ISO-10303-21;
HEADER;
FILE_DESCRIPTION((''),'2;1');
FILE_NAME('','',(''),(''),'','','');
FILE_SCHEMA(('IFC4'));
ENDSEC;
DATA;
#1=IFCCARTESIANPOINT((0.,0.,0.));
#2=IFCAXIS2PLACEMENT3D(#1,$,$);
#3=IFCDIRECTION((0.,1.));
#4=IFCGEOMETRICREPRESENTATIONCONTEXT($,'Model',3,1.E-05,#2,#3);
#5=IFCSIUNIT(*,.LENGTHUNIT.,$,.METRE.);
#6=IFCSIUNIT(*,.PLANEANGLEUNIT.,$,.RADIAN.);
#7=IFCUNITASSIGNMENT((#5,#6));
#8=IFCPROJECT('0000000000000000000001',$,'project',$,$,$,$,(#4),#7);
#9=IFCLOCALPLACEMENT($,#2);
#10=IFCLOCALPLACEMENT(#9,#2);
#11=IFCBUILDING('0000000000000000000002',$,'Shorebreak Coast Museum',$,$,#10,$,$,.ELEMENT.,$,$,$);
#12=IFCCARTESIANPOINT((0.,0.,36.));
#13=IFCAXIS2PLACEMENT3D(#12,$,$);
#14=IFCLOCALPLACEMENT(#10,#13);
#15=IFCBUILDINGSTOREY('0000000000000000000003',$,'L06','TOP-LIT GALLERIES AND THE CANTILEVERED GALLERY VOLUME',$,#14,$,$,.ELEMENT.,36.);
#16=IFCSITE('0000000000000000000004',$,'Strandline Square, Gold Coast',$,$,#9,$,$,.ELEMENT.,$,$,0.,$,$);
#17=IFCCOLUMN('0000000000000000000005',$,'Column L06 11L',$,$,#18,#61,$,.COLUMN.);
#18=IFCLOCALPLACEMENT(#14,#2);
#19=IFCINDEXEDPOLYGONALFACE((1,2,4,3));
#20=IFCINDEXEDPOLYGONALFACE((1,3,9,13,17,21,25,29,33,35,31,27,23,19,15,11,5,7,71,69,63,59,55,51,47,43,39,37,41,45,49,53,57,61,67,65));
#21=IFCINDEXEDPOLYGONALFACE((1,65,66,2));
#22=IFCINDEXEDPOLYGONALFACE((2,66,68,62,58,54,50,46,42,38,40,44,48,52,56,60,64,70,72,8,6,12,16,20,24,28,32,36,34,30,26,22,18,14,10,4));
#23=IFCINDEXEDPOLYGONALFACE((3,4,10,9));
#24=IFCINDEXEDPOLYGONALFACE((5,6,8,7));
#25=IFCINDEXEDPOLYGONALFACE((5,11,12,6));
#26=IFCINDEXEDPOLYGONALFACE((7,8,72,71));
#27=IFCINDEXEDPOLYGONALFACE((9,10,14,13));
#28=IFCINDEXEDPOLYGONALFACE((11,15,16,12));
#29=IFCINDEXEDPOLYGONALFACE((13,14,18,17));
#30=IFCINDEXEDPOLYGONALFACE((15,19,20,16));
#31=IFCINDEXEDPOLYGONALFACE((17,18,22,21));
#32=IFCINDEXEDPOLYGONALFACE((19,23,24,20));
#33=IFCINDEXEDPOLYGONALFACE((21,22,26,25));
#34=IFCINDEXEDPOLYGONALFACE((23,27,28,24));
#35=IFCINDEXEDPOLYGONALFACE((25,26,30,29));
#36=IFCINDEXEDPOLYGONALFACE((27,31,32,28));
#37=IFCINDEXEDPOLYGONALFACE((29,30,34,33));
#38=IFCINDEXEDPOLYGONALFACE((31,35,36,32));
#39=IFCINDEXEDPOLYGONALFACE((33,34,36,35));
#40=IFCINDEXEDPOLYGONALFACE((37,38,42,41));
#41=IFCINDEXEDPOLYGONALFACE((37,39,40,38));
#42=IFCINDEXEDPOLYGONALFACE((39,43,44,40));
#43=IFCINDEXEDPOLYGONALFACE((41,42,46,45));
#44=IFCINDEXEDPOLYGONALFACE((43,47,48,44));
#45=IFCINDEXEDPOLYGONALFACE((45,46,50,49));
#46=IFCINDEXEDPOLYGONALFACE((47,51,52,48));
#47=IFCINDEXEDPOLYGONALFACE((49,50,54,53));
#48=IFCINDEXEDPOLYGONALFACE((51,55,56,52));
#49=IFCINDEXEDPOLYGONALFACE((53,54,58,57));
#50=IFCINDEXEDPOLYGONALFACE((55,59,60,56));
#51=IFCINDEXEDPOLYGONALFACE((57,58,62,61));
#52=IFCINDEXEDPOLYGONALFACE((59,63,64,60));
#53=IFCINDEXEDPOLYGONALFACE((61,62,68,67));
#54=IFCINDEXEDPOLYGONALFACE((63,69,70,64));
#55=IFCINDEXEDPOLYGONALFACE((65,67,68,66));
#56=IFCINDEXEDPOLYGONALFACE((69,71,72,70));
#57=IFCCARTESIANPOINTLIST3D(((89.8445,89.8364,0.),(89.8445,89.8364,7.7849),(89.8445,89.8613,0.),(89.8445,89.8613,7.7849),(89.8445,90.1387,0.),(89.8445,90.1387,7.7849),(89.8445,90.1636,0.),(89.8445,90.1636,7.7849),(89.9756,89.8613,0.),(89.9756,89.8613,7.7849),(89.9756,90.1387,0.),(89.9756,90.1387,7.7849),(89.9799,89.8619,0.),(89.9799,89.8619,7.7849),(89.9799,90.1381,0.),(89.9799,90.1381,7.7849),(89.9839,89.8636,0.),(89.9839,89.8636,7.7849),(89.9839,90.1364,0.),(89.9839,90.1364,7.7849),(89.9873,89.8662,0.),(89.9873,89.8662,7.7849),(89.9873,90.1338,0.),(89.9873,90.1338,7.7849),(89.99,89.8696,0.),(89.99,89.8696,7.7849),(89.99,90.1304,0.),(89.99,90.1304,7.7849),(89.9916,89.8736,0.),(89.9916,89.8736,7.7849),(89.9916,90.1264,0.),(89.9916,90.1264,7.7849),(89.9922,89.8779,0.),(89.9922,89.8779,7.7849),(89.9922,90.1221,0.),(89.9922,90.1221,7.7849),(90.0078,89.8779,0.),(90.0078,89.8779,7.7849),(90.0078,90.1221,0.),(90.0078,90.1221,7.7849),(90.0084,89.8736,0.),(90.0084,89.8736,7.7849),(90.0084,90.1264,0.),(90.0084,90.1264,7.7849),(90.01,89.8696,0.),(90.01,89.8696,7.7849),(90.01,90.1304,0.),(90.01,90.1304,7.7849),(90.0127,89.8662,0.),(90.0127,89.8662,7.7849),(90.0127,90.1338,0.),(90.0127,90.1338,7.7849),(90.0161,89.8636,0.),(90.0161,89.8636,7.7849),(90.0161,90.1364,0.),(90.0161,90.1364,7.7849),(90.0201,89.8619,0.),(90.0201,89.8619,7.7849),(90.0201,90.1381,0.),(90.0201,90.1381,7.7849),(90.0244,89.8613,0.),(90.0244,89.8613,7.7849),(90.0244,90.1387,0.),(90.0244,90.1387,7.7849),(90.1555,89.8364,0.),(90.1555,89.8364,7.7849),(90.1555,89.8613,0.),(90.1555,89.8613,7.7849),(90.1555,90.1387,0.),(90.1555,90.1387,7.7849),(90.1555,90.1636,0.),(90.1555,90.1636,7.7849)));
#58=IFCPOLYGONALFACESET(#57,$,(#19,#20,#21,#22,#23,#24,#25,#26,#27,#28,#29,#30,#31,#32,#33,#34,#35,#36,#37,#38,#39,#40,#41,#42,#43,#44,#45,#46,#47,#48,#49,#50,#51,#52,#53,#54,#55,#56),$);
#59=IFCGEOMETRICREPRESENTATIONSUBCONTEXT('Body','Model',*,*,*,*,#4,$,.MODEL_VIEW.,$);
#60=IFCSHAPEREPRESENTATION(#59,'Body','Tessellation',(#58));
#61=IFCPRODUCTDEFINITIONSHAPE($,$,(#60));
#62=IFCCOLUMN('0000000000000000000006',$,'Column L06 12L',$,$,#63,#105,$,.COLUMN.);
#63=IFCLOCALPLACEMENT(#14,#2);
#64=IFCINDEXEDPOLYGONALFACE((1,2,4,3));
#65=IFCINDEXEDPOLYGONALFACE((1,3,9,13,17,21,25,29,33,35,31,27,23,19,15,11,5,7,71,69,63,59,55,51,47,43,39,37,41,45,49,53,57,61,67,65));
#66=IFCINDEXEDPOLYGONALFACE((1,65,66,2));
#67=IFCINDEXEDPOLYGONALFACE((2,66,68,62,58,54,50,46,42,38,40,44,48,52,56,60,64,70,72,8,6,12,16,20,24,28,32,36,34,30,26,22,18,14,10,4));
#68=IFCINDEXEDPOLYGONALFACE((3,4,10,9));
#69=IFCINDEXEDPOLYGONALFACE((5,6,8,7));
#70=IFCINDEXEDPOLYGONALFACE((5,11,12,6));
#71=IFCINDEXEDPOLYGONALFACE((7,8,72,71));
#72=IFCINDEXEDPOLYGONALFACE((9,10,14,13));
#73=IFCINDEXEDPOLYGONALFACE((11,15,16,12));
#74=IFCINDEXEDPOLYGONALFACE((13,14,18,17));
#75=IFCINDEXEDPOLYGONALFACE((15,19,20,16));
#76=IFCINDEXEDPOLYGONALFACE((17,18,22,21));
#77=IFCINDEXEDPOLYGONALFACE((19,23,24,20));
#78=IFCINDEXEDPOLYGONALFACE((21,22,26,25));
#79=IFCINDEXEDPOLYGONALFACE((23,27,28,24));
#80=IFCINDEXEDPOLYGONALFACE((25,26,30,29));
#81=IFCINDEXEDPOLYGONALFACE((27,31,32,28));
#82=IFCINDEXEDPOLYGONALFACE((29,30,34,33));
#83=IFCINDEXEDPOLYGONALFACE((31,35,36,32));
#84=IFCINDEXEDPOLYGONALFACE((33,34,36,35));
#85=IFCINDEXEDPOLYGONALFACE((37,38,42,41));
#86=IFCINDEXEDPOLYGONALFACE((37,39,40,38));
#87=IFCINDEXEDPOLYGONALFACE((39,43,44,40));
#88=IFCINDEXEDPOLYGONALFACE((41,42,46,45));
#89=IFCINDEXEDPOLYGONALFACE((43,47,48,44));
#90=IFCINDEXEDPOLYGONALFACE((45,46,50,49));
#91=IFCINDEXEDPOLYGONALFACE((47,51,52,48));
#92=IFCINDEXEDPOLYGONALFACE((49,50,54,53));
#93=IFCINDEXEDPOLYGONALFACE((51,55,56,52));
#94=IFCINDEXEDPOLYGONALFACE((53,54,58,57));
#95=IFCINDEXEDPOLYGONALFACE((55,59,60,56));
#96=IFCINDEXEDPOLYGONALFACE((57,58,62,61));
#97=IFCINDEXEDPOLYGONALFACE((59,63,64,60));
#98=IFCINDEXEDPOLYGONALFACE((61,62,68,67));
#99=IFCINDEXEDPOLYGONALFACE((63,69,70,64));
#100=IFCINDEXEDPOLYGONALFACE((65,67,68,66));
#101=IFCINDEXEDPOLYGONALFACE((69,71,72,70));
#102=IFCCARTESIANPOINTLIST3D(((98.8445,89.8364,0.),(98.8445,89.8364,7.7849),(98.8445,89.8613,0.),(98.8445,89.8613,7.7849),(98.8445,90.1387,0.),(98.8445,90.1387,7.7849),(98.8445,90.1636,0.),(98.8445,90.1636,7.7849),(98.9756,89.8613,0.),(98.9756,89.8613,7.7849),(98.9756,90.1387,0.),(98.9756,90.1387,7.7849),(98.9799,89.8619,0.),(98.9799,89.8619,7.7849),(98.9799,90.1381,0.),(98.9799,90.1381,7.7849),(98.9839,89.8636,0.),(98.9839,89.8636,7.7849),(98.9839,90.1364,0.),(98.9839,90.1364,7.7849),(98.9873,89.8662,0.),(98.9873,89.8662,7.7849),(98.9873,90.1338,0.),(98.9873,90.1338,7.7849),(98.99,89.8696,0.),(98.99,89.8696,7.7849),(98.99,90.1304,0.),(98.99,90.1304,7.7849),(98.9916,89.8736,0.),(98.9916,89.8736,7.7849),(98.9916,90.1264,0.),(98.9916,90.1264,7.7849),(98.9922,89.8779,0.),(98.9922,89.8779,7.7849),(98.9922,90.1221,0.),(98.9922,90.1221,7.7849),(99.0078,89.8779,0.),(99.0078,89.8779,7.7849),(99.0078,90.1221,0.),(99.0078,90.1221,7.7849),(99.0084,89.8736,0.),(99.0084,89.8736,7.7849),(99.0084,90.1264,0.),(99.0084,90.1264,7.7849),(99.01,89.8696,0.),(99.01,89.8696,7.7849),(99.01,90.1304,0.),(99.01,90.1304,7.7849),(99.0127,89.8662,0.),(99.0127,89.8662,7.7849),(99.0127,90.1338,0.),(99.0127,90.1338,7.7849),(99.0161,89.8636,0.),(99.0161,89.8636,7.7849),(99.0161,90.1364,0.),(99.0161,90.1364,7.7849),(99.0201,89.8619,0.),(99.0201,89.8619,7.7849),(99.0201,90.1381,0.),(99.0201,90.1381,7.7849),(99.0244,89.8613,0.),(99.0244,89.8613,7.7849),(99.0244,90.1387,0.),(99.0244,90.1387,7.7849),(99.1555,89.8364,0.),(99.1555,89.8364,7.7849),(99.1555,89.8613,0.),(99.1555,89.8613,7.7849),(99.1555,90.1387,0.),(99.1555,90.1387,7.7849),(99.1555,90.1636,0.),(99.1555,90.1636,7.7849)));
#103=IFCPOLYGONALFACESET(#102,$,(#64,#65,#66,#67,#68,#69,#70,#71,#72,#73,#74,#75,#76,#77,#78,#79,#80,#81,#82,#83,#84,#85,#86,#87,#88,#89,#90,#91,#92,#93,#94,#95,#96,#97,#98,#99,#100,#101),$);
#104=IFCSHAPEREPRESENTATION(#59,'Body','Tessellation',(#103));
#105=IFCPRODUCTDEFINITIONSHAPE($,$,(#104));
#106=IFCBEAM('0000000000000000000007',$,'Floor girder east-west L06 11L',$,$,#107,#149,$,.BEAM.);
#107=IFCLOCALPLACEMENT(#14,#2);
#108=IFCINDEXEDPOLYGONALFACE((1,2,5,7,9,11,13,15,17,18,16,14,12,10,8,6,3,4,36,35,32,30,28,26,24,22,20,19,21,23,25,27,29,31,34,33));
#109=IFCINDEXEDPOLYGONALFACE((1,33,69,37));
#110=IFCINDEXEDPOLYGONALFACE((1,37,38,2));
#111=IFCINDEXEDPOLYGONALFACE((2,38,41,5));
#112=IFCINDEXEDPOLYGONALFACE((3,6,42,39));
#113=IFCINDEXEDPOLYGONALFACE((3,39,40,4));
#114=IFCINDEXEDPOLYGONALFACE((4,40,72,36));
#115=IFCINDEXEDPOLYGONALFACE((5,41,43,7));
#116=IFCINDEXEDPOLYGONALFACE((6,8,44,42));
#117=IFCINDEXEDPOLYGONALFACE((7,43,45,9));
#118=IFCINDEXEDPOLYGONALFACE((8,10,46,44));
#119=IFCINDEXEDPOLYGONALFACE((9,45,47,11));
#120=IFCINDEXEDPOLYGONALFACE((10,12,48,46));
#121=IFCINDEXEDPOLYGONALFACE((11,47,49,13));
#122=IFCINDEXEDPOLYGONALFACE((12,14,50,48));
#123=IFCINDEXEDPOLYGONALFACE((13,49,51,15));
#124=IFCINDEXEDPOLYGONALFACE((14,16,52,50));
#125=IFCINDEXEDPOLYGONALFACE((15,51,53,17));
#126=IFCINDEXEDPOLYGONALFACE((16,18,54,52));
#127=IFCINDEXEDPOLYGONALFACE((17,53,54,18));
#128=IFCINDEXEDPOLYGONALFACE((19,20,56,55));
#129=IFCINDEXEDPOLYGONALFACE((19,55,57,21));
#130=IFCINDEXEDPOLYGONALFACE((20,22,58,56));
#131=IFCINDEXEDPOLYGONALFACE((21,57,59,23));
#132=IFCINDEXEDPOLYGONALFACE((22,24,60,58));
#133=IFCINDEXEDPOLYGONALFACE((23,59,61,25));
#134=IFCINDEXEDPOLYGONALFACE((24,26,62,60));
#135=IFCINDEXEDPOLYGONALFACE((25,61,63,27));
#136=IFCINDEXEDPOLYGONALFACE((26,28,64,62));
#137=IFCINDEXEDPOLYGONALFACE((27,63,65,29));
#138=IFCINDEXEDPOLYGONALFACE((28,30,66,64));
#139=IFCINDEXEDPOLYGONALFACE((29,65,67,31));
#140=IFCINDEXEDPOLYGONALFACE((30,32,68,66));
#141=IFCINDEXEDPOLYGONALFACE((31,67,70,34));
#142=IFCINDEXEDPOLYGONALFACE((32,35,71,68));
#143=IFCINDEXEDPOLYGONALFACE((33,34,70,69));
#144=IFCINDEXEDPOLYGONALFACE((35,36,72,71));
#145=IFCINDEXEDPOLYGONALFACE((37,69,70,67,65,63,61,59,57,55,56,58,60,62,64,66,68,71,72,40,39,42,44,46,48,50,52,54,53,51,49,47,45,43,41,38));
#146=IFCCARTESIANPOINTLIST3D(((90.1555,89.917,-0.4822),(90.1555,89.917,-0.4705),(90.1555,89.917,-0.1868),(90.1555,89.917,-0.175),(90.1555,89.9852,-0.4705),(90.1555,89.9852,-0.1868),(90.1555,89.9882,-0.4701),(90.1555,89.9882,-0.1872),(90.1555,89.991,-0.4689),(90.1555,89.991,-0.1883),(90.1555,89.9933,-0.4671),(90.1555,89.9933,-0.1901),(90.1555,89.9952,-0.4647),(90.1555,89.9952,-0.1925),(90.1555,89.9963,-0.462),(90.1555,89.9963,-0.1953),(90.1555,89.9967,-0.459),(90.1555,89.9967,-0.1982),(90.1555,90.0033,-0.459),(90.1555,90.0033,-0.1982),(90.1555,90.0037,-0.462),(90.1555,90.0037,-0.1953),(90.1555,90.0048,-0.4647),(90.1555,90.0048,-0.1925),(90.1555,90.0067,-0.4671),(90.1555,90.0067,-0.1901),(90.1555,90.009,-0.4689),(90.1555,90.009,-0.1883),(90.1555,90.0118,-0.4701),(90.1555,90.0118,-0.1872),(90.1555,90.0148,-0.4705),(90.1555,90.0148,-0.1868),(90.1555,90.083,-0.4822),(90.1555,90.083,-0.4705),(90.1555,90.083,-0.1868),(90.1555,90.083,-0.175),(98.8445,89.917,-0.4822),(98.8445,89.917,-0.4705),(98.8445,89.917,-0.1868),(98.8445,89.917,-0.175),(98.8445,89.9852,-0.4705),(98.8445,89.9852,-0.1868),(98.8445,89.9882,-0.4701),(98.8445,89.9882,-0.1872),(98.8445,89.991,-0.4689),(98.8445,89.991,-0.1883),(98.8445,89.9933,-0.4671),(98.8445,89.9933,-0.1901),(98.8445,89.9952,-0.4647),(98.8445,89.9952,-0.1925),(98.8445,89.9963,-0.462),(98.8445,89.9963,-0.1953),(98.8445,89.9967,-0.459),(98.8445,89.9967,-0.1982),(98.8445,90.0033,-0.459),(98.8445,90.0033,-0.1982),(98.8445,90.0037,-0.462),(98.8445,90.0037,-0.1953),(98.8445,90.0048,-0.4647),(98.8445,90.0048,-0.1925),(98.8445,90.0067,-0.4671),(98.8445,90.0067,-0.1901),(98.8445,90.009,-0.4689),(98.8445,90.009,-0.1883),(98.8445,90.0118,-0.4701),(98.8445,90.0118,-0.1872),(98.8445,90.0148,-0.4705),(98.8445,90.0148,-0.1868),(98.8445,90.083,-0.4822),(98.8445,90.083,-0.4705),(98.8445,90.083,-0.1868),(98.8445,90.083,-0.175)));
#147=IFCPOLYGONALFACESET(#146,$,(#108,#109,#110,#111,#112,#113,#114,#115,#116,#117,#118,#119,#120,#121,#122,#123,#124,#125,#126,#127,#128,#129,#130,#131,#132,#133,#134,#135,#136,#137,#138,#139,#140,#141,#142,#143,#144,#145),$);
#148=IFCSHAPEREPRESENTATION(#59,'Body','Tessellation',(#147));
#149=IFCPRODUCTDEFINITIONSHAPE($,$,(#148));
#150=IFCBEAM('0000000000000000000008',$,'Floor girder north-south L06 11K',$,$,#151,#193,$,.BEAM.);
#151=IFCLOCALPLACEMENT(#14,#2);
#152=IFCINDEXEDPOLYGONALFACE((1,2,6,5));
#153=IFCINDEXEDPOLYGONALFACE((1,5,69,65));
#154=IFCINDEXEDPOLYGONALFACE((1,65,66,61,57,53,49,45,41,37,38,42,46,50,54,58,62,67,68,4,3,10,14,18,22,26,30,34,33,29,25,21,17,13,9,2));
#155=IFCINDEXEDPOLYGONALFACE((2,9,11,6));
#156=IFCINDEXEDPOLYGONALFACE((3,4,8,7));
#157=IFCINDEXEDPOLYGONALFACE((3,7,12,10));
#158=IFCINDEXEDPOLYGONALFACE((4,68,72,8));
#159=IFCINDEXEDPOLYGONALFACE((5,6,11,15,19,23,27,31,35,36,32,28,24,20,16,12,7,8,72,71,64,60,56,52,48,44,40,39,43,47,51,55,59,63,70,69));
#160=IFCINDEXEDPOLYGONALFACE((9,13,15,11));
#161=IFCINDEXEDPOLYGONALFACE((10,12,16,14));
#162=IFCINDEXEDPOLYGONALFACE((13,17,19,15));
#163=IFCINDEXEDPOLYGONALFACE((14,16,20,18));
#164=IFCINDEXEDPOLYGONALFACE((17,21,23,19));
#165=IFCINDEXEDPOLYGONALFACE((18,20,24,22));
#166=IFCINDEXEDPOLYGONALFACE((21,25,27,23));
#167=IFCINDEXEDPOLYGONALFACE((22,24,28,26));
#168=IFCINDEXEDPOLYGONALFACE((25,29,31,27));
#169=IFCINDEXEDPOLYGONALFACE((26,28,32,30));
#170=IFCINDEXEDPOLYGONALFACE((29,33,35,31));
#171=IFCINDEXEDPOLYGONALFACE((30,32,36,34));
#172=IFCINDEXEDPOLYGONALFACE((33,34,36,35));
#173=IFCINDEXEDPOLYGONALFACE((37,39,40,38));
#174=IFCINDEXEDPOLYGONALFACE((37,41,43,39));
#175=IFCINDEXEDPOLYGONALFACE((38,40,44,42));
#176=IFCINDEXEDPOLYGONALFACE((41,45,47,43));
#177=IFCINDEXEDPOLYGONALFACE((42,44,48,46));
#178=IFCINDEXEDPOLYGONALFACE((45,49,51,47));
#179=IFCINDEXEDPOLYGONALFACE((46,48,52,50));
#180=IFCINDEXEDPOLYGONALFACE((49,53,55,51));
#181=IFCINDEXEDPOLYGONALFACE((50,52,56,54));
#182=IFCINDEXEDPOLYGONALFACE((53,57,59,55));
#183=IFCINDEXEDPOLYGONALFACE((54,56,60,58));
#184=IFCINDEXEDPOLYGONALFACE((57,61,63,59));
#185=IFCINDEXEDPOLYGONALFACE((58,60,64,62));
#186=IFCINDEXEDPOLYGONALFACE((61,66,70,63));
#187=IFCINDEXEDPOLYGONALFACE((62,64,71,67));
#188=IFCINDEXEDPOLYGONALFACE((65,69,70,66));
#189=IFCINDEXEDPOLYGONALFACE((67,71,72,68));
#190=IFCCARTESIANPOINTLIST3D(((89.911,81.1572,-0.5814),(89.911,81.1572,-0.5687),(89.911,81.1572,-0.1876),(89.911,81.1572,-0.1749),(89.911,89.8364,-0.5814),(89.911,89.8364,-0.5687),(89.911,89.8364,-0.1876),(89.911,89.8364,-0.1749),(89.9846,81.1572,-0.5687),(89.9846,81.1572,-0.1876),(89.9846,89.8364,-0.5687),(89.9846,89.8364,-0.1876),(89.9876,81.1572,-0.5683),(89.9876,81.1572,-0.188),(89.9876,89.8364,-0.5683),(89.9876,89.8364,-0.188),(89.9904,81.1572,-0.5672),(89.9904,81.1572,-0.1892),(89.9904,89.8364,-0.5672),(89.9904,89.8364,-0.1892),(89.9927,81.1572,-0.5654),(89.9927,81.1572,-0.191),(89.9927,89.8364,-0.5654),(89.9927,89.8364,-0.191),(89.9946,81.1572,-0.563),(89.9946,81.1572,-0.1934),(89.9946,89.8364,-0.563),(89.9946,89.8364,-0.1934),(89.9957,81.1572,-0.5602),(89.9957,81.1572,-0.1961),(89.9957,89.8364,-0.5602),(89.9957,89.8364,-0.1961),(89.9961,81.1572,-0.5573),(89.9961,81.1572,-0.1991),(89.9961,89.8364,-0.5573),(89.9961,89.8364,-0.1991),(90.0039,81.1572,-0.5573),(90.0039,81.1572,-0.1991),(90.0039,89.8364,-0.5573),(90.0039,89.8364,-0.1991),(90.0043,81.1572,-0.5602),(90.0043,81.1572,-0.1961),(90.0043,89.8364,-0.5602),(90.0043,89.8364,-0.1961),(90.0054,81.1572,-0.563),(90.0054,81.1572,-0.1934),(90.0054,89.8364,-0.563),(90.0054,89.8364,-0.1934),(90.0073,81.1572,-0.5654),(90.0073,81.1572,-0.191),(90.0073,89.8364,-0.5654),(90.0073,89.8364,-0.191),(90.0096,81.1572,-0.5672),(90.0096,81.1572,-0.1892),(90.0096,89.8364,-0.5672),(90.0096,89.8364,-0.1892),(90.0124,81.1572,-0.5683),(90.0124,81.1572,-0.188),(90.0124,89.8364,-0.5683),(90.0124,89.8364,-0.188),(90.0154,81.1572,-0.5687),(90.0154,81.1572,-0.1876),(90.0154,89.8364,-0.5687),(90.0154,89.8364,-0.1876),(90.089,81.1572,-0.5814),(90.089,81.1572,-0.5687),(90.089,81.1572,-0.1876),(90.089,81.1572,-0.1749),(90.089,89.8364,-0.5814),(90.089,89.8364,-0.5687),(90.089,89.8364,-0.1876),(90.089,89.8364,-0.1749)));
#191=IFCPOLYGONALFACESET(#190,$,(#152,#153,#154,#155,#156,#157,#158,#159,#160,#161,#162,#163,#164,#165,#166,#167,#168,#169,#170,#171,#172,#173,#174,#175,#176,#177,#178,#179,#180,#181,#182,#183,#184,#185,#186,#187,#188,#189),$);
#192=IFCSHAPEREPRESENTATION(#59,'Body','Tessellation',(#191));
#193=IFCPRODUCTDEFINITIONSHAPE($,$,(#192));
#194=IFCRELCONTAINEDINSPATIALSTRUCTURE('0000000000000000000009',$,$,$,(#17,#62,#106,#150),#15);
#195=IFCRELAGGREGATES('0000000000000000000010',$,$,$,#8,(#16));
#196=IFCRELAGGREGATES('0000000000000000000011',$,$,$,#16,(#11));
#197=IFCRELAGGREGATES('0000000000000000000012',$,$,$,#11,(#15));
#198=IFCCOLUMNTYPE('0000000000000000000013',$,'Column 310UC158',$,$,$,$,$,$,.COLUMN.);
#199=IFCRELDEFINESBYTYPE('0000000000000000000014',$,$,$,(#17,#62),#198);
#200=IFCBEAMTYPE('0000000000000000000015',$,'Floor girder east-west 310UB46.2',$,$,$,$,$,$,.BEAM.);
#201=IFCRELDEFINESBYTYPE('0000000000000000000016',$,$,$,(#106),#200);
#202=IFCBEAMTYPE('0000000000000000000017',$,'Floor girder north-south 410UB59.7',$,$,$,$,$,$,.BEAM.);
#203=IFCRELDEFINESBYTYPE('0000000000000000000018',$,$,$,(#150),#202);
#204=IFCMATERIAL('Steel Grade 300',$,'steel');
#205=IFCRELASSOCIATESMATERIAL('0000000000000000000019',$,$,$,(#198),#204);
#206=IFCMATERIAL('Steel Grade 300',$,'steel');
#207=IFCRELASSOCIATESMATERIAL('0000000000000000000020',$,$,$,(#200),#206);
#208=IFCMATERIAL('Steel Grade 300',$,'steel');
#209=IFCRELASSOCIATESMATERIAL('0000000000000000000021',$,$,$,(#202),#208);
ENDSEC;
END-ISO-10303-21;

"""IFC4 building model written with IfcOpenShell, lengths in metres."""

from ifc_helpers import new_model, si_unit, direction, frame, origin, origin_2d, place, context, subcontext, project, spatial, i_section, extrude, material, material_profile, profile_set, type_object, element, save


model = new_model("IFC4")

# Units and contexts
model_context = context("Model", 3, precision=1e-05, world=origin(), true_north=direction((0.0, 1.0)))
body_context = subcontext(model_context, "Body", "Model", "MODEL_VIEW")
ifc_project = project(units=[si_unit("LENGTHUNIT", "METRE"), si_unit("PLANEANGLEUNIT", "RADIAN")], contexts=[model_context])

# Site, building, storey
site_placement = place(None, origin())
site = spatial("IfcSite", under=ifc_project, at=site_placement, Name="Strandline Square, Gold Coast", CompositionType="ELEMENT", RefElevation=0.0)
building_placement = place(site_placement, origin())
building = spatial("IfcBuilding", under=site, at=building_placement, Name="Shorebreak Coast Museum", CompositionType="ELEMENT")
storey_placement = place(building_placement, frame((0.0, 0.0, 36.0)))
storey = spatial("IfcBuildingStorey", under=building, at=storey_placement, Name="L06", Description="TOP-LIT GALLERIES AND THE CANTILEVERED GALLERY VOLUME", CompositionType="ELEMENT", Elevation=36.0)

# Columns
ifc_material_1 = material(Name="Steel Grade 300", Category="steel")
ifc_material_profile_1 = material_profile(ifc_material_1, i_section(OverallWidth=0.311, OverallDepth=0.3271, WebThickness=0.0156, FlangeThickness=0.0249, FilletRadius=0.0166, at=origin_2d()), Name="310UC158")
ifc_profile_set_1 = profile_set([ifc_material_profile_1], Name="Steel Grade 300")
column_type = type_object("IfcColumnType", Name="Column 310UC158", PredefinedType="COLUMN", material=ifc_profile_set_1)
for number, where, z_axis, x_axis, name in (
    (1, (90.0, 90.0, 0.0), (0.0, 0.0, 1.0), (1.0, 0.0, 0.0), "Column L06 11L"),
    (2, (99.0, 90.0, 0.0), (0.0, 0.0, 1.0), (1.0, 0.0, 0.0), "Column L06 12L"),
):
    element("IfcColumn", number, at=place(storey_placement, frame(where, z_axis=z_axis, x_axis=x_axis)), inside=storey, type_object=column_type, Name=name, PredefinedType="COLUMN", context=body_context, shape_type="SweptSolid", body=[
        extrude(i_section(OverallWidth=0.311, OverallDepth=0.3271, WebThickness=0.0156, FlangeThickness=0.0249, FilletRadius=0.0166, at=origin_2d()), origin(), (0.0, 0.0, 1.0), 7.7849),
    ])

# Beams
ifc_material_2 = material(Name="Steel Grade 300", Category="steel")
ifc_material_profile_2 = material_profile(ifc_material_2, i_section(OverallWidth=0.166, OverallDepth=0.3071, WebThickness=0.0066, FlangeThickness=0.0117, FilletRadius=0.0115, at=origin_2d()), Name="310UB46.2")
ifc_profile_set_2 = profile_set([ifc_material_profile_2], Name="Steel Grade 300")
beam_type_1 = type_object("IfcBeamType", Name="Floor girder east-west 310UB46.2", PredefinedType="BEAM", material=ifc_profile_set_2)
beam_1_placement = place(storey_placement, frame((90.1555, 90.0, -0.3286), z_axis=(1.0, 0.0, 0.0), x_axis=(0.0, 1.0, 0.0)))
element("IfcBeam", 3, at=beam_1_placement, inside=storey, type_object=beam_type_1, Name="Floor girder east-west L06 11L", PredefinedType="BEAM", context=body_context, shape_type="SweptSolid", body=[
    extrude(i_section(OverallWidth=0.166, OverallDepth=0.3071, WebThickness=0.0066, FlangeThickness=0.0117, FilletRadius=0.0115, at=origin_2d()), origin(), (0.0, 0.0, 1.0), 8.689),
])
ifc_material_3 = material(Name="Steel Grade 300", Category="steel")
ifc_material_profile_3 = material_profile(ifc_material_3, i_section(OverallWidth=0.178, OverallDepth=0.4065, WebThickness=0.0078, FlangeThickness=0.0127, FilletRadius=0.0115, at=origin_2d()), Name="410UB59.7")
ifc_profile_set_3 = profile_set([ifc_material_profile_3], Name="Steel Grade 300")
beam_type_2 = type_object("IfcBeamType", Name="Floor girder north-south 410UB59.7", PredefinedType="BEAM", material=ifc_profile_set_3)
for number, where, z_axis, x_axis, name in (
    (4, (90.0, 81.1572, -0.3782), (0.0, 1.0, 0.0), (-1.0, 0.0, 0.0), "Floor girder north-south L06 11K"),
):
    element("IfcBeam", number, at=place(storey_placement, frame(where, z_axis=z_axis, x_axis=x_axis)), inside=storey, type_object=beam_type_2, Name=name, PredefinedType="BEAM", context=body_context, shape_type="SweptSolid", body=[
        extrude(i_section(OverallWidth=0.178, OverallDepth=0.4065, WebThickness=0.0078, FlangeThickness=0.0127, FilletRadius=0.0115, at=origin_2d()), origin(), (0.0, 0.0, 1.0), 8.6792),
    ])

save(model, "model.ifc")
